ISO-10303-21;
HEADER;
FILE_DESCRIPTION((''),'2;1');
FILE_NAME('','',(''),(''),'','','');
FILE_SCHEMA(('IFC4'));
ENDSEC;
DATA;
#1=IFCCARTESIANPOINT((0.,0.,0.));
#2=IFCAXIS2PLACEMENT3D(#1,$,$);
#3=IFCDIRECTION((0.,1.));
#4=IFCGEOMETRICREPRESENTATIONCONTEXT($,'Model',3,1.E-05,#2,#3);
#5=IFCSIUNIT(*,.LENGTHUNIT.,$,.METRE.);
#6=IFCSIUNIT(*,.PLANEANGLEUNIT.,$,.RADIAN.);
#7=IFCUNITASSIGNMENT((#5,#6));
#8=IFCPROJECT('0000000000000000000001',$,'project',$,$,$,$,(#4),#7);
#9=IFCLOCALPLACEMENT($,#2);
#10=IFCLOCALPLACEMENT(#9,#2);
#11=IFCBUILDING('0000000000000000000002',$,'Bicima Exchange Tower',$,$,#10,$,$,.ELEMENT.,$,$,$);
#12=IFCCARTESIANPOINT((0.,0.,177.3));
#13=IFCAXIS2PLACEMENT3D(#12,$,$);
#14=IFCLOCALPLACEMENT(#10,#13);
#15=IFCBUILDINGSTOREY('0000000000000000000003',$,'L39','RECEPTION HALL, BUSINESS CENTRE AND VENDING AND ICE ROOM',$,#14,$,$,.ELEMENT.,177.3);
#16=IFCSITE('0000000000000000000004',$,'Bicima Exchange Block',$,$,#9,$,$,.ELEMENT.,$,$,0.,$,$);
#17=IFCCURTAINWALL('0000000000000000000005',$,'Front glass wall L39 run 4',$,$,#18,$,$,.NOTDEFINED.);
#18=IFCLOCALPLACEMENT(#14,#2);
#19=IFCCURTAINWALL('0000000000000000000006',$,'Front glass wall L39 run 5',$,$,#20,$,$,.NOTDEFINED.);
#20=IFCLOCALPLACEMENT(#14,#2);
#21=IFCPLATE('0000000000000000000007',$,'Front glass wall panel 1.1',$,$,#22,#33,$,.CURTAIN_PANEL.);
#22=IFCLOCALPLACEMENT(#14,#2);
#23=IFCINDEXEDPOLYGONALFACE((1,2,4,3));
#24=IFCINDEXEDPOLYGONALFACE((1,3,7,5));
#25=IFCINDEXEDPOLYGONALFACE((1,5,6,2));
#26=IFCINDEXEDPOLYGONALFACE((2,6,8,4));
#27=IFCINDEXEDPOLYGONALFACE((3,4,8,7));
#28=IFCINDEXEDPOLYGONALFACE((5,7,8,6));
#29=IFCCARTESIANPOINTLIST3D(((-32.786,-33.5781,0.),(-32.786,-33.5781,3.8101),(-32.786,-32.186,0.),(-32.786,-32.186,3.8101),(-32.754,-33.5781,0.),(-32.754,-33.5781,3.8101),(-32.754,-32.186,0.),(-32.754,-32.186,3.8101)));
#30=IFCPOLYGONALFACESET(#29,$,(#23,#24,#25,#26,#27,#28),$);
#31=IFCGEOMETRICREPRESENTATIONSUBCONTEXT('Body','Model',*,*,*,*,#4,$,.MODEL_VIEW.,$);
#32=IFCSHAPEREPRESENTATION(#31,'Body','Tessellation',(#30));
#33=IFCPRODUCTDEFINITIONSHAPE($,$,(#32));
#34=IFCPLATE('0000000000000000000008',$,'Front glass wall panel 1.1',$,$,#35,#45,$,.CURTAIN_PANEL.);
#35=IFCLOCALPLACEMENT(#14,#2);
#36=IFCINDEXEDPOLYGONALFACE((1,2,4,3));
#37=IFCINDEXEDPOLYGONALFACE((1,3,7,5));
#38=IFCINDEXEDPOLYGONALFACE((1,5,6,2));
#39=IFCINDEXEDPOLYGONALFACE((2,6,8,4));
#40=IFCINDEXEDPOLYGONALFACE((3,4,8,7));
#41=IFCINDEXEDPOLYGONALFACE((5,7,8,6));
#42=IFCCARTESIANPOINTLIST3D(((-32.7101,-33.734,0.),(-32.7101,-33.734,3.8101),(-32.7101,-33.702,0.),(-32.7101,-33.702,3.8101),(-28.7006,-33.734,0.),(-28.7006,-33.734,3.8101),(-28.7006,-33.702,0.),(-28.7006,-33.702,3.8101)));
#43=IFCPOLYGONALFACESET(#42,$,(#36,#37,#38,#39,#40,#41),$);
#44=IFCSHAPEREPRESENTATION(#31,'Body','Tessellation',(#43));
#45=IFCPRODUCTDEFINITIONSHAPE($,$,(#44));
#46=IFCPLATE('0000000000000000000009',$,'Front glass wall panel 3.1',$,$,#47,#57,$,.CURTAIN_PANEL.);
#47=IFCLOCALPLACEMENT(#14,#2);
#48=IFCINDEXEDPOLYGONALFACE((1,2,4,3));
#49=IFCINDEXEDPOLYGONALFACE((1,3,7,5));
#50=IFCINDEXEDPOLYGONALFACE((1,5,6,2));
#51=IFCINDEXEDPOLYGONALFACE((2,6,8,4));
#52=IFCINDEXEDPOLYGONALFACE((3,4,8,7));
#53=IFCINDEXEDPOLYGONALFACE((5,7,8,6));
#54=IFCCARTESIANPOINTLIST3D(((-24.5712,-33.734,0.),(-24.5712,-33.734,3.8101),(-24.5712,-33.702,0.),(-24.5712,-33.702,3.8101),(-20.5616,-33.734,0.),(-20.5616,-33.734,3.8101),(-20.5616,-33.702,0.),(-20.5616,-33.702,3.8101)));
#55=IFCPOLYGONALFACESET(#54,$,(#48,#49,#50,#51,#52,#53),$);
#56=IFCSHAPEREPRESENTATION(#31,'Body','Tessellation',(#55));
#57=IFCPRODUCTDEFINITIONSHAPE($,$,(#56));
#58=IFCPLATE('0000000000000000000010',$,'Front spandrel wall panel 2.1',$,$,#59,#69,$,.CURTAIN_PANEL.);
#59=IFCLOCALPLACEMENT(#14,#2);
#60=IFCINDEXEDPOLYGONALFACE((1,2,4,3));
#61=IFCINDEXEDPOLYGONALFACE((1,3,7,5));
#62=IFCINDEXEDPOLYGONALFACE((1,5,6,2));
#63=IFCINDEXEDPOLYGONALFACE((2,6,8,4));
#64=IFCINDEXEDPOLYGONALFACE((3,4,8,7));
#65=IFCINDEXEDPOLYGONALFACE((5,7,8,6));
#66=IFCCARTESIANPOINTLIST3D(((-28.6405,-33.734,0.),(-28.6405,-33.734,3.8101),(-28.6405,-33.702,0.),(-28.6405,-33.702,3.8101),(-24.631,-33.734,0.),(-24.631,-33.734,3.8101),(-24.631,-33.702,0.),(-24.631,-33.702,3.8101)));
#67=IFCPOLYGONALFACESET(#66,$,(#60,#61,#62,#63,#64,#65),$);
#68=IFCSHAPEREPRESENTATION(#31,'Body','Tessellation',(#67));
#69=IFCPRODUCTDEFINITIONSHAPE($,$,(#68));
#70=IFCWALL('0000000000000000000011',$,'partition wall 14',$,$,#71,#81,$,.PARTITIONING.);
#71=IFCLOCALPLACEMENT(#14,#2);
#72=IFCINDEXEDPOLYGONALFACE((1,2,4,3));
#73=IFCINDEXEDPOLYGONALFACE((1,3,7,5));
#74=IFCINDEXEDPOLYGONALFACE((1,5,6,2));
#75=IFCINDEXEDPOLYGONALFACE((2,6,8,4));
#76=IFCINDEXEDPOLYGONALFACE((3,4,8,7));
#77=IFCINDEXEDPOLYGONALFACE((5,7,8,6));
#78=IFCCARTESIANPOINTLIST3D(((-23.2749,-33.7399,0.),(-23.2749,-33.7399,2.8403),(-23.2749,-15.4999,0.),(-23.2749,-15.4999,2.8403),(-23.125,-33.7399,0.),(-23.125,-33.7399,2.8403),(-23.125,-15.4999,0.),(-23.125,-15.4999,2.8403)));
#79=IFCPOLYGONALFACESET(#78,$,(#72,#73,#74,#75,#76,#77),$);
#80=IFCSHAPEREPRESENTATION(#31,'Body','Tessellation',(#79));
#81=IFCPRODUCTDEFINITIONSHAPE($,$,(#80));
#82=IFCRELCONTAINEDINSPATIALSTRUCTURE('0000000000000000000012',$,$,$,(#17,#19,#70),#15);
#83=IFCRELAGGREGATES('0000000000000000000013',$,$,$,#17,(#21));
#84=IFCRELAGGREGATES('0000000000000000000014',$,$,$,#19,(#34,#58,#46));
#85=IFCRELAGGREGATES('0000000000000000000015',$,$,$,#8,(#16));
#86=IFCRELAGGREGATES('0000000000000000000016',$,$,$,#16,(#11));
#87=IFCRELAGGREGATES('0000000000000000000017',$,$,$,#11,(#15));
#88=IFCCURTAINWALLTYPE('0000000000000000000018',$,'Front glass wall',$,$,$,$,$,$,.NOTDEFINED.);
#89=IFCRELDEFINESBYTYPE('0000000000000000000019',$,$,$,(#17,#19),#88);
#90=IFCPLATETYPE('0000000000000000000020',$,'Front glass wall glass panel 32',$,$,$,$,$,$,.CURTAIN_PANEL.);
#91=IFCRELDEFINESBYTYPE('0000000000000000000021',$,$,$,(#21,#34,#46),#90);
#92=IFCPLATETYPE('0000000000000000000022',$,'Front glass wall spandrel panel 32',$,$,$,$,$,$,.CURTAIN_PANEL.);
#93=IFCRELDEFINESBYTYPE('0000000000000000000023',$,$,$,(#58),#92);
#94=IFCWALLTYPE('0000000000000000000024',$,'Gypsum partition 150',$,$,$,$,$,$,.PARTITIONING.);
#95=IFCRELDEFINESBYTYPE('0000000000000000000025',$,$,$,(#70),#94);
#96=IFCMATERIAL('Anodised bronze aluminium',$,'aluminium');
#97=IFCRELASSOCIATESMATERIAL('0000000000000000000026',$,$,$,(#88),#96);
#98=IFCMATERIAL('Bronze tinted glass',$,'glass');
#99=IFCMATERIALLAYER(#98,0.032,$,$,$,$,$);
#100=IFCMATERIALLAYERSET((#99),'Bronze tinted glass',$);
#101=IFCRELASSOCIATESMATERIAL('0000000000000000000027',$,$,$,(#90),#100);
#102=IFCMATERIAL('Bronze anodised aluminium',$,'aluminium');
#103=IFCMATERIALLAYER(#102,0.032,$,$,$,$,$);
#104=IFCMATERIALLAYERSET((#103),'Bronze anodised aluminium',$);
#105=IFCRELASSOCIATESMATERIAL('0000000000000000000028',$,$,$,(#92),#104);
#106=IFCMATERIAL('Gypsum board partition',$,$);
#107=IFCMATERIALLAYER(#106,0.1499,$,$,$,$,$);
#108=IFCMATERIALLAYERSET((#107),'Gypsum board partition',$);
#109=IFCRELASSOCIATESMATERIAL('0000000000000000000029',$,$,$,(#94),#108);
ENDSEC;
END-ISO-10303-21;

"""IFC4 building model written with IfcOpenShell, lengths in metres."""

from ifc_helpers import new_model, si_unit, direction, frame, frame_2d, origin, origin_2d, place, context, subcontext, project, spatial, rectangle, extrude, material, layer, layer_set, type_object, element, aggregate, save


model = new_model("IFC4")

# Units and contexts
model_context = context("Model", 3, precision=1e-05, world=origin(), true_north=direction((0.0, 1.0)))
body_context = subcontext(model_context, "Body", "Model", "MODEL_VIEW")
ifc_project = project(units=[si_unit("LENGTHUNIT", "METRE"), si_unit("PLANEANGLEUNIT", "RADIAN")], contexts=[model_context])

# Site, building, storey
site_placement = place(None, origin())
site = spatial("IfcSite", under=ifc_project, at=site_placement, Name="Bicima Exchange Block", CompositionType="ELEMENT", RefElevation=0.0)
building_placement = place(site_placement, origin())
building = spatial("IfcBuilding", under=site, at=building_placement, Name="Bicima Exchange Tower", CompositionType="ELEMENT")
storey_placement = place(building_placement, frame((0.0, 0.0, 177.3)))
storey = spatial("IfcBuildingStorey", under=building, at=storey_placement, Name="L39", Description="RECEPTION HALL, BUSINESS CENTRE AND VENDING AND ICE ROOM", CompositionType="ELEMENT", Elevation=177.3)

# Curtain walls
ifc_material_1 = material(Name="Anodised bronze aluminium", Category="aluminium")
curtain_wall_type = type_object("IfcCurtainWallType", Name="Front glass wall", PredefinedType="NOTDEFINED", material=ifc_material_1)
curtain_wall_1_placement = place(storey_placement, origin())
curtain_wall_1 = element("IfcCurtainWall", 1, at=curtain_wall_1_placement, inside=storey, type_object=curtain_wall_type, Name="Front glass wall L39 run 4", PredefinedType="NOTDEFINED")
curtain_wall_2_placement = place(storey_placement, origin())
curtain_wall_2 = element("IfcCurtainWall", 2, at=curtain_wall_2_placement, inside=storey, type_object=curtain_wall_type, Name="Front glass wall L39 run 5", PredefinedType="NOTDEFINED")

# Plates
ifc_material_2 = material(Name="Bronze tinted glass", Category="glass")
ifc_layer_1 = layer(ifc_material_2, 0.032)
ifc_layer_set_1 = layer_set([ifc_layer_1], Name="Bronze tinted glass")
plate_type_1 = type_object("IfcPlateType", Name="Front glass wall glass panel 32", PredefinedType="CURTAIN_PANEL", material=ifc_layer_set_1)
plate_1_placement = place(storey_placement, frame((-32.77, -32.8821, 0.0), z_axis=(0.0, 0.0, 1.0), x_axis=(0.0, -1.0, 0.0)))
plate_1 = element("IfcPlate", 3, at=plate_1_placement, type_object=plate_type_1, Name="Front glass wall panel 1.1", PredefinedType="CURTAIN_PANEL", context=body_context, shape_type="SweptSolid", body=[
    extrude(rectangle(XDim=1.3921, YDim=0.032, at=origin_2d()), origin(), (0.0, 0.0, 1.0), 3.8101),
])
aggregate(curtain_wall_1, [plate_1])
plate_2_placement = place(storey_placement, frame((-30.7053, -33.718, 0.0), z_axis=(0.0, 0.0, 1.0), x_axis=(1.0, 0.0, 0.0)))
plate_2 = element("IfcPlate", 4, at=plate_2_placement, type_object=plate_type_1, Name="Front glass wall panel 1.1", PredefinedType="CURTAIN_PANEL", context=body_context, shape_type="SweptSolid", body=[
    extrude(rectangle(XDim=4.0095, YDim=0.032, at=origin_2d()), origin(), (0.0, 0.0, 1.0), 3.8101),
])
plate_3_placement = place(storey_placement, frame((-22.5664, -33.718, 0.0), z_axis=(0.0, 0.0, 1.0), x_axis=(1.0, 0.0, 0.0)))
plate_3 = element("IfcPlate", 5, at=plate_3_placement, type_object=plate_type_1, Name="Front glass wall panel 3.1", PredefinedType="CURTAIN_PANEL", context=body_context, shape_type="SweptSolid", body=[
    extrude(rectangle(XDim=4.0095, YDim=0.032, at=origin_2d()), origin(), (0.0, 0.0, 1.0), 3.8101),
])
ifc_material_3 = material(Name="Bronze anodised aluminium", Category="aluminium")
ifc_layer_2 = layer(ifc_material_3, 0.032)
ifc_layer_set_2 = layer_set([ifc_layer_2], Name="Bronze anodised aluminium")
plate_type_2 = type_object("IfcPlateType", Name="Front glass wall spandrel panel 32", PredefinedType="CURTAIN_PANEL", material=ifc_layer_set_2)
plate_4_placement = place(storey_placement, frame((-26.6357, -33.718, 0.0), z_axis=(0.0, 0.0, 1.0), x_axis=(1.0, 0.0, 0.0)))
plate_4 = element("IfcPlate", 6, at=plate_4_placement, type_object=plate_type_2, Name="Front spandrel wall panel 2.1", PredefinedType="CURTAIN_PANEL", context=body_context, shape_type="SweptSolid", body=[
    extrude(rectangle(XDim=4.0095, YDim=0.032, at=origin_2d()), origin(), (0.0, 0.0, 1.0), 3.8101),
])
aggregate(curtain_wall_2, [plate_2, plate_4, plate_3])

# Wall
ifc_material_4 = material(Name="Gypsum board partition")
ifc_layer_3 = layer(ifc_material_4, 0.1499)
ifc_layer_set_3 = layer_set([ifc_layer_3], Name="Gypsum board partition")
wall_type = type_object("IfcWallType", Name="Gypsum partition 150", PredefinedType="PARTITIONING", material=ifc_layer_set_3)
wall_placement = place(storey_placement, frame((-23.2, -33.74, 0.0), z_axis=(0.0, 0.0, 1.0), x_axis=(0.0, 1.0, 0.0)))
element("IfcWall", 7, at=wall_placement, inside=storey, type_object=wall_type, Name="partition wall 14", PredefinedType="PARTITIONING", context=body_context, shape_type="SweptSolid", body=[
    extrude(rectangle(XDim=18.24, YDim=0.1499, at=frame_2d((9.1201, 0.0))), origin(), (0.0, 0.0, 1.0), 2.8403),
])

save(model, "model.ifc")
